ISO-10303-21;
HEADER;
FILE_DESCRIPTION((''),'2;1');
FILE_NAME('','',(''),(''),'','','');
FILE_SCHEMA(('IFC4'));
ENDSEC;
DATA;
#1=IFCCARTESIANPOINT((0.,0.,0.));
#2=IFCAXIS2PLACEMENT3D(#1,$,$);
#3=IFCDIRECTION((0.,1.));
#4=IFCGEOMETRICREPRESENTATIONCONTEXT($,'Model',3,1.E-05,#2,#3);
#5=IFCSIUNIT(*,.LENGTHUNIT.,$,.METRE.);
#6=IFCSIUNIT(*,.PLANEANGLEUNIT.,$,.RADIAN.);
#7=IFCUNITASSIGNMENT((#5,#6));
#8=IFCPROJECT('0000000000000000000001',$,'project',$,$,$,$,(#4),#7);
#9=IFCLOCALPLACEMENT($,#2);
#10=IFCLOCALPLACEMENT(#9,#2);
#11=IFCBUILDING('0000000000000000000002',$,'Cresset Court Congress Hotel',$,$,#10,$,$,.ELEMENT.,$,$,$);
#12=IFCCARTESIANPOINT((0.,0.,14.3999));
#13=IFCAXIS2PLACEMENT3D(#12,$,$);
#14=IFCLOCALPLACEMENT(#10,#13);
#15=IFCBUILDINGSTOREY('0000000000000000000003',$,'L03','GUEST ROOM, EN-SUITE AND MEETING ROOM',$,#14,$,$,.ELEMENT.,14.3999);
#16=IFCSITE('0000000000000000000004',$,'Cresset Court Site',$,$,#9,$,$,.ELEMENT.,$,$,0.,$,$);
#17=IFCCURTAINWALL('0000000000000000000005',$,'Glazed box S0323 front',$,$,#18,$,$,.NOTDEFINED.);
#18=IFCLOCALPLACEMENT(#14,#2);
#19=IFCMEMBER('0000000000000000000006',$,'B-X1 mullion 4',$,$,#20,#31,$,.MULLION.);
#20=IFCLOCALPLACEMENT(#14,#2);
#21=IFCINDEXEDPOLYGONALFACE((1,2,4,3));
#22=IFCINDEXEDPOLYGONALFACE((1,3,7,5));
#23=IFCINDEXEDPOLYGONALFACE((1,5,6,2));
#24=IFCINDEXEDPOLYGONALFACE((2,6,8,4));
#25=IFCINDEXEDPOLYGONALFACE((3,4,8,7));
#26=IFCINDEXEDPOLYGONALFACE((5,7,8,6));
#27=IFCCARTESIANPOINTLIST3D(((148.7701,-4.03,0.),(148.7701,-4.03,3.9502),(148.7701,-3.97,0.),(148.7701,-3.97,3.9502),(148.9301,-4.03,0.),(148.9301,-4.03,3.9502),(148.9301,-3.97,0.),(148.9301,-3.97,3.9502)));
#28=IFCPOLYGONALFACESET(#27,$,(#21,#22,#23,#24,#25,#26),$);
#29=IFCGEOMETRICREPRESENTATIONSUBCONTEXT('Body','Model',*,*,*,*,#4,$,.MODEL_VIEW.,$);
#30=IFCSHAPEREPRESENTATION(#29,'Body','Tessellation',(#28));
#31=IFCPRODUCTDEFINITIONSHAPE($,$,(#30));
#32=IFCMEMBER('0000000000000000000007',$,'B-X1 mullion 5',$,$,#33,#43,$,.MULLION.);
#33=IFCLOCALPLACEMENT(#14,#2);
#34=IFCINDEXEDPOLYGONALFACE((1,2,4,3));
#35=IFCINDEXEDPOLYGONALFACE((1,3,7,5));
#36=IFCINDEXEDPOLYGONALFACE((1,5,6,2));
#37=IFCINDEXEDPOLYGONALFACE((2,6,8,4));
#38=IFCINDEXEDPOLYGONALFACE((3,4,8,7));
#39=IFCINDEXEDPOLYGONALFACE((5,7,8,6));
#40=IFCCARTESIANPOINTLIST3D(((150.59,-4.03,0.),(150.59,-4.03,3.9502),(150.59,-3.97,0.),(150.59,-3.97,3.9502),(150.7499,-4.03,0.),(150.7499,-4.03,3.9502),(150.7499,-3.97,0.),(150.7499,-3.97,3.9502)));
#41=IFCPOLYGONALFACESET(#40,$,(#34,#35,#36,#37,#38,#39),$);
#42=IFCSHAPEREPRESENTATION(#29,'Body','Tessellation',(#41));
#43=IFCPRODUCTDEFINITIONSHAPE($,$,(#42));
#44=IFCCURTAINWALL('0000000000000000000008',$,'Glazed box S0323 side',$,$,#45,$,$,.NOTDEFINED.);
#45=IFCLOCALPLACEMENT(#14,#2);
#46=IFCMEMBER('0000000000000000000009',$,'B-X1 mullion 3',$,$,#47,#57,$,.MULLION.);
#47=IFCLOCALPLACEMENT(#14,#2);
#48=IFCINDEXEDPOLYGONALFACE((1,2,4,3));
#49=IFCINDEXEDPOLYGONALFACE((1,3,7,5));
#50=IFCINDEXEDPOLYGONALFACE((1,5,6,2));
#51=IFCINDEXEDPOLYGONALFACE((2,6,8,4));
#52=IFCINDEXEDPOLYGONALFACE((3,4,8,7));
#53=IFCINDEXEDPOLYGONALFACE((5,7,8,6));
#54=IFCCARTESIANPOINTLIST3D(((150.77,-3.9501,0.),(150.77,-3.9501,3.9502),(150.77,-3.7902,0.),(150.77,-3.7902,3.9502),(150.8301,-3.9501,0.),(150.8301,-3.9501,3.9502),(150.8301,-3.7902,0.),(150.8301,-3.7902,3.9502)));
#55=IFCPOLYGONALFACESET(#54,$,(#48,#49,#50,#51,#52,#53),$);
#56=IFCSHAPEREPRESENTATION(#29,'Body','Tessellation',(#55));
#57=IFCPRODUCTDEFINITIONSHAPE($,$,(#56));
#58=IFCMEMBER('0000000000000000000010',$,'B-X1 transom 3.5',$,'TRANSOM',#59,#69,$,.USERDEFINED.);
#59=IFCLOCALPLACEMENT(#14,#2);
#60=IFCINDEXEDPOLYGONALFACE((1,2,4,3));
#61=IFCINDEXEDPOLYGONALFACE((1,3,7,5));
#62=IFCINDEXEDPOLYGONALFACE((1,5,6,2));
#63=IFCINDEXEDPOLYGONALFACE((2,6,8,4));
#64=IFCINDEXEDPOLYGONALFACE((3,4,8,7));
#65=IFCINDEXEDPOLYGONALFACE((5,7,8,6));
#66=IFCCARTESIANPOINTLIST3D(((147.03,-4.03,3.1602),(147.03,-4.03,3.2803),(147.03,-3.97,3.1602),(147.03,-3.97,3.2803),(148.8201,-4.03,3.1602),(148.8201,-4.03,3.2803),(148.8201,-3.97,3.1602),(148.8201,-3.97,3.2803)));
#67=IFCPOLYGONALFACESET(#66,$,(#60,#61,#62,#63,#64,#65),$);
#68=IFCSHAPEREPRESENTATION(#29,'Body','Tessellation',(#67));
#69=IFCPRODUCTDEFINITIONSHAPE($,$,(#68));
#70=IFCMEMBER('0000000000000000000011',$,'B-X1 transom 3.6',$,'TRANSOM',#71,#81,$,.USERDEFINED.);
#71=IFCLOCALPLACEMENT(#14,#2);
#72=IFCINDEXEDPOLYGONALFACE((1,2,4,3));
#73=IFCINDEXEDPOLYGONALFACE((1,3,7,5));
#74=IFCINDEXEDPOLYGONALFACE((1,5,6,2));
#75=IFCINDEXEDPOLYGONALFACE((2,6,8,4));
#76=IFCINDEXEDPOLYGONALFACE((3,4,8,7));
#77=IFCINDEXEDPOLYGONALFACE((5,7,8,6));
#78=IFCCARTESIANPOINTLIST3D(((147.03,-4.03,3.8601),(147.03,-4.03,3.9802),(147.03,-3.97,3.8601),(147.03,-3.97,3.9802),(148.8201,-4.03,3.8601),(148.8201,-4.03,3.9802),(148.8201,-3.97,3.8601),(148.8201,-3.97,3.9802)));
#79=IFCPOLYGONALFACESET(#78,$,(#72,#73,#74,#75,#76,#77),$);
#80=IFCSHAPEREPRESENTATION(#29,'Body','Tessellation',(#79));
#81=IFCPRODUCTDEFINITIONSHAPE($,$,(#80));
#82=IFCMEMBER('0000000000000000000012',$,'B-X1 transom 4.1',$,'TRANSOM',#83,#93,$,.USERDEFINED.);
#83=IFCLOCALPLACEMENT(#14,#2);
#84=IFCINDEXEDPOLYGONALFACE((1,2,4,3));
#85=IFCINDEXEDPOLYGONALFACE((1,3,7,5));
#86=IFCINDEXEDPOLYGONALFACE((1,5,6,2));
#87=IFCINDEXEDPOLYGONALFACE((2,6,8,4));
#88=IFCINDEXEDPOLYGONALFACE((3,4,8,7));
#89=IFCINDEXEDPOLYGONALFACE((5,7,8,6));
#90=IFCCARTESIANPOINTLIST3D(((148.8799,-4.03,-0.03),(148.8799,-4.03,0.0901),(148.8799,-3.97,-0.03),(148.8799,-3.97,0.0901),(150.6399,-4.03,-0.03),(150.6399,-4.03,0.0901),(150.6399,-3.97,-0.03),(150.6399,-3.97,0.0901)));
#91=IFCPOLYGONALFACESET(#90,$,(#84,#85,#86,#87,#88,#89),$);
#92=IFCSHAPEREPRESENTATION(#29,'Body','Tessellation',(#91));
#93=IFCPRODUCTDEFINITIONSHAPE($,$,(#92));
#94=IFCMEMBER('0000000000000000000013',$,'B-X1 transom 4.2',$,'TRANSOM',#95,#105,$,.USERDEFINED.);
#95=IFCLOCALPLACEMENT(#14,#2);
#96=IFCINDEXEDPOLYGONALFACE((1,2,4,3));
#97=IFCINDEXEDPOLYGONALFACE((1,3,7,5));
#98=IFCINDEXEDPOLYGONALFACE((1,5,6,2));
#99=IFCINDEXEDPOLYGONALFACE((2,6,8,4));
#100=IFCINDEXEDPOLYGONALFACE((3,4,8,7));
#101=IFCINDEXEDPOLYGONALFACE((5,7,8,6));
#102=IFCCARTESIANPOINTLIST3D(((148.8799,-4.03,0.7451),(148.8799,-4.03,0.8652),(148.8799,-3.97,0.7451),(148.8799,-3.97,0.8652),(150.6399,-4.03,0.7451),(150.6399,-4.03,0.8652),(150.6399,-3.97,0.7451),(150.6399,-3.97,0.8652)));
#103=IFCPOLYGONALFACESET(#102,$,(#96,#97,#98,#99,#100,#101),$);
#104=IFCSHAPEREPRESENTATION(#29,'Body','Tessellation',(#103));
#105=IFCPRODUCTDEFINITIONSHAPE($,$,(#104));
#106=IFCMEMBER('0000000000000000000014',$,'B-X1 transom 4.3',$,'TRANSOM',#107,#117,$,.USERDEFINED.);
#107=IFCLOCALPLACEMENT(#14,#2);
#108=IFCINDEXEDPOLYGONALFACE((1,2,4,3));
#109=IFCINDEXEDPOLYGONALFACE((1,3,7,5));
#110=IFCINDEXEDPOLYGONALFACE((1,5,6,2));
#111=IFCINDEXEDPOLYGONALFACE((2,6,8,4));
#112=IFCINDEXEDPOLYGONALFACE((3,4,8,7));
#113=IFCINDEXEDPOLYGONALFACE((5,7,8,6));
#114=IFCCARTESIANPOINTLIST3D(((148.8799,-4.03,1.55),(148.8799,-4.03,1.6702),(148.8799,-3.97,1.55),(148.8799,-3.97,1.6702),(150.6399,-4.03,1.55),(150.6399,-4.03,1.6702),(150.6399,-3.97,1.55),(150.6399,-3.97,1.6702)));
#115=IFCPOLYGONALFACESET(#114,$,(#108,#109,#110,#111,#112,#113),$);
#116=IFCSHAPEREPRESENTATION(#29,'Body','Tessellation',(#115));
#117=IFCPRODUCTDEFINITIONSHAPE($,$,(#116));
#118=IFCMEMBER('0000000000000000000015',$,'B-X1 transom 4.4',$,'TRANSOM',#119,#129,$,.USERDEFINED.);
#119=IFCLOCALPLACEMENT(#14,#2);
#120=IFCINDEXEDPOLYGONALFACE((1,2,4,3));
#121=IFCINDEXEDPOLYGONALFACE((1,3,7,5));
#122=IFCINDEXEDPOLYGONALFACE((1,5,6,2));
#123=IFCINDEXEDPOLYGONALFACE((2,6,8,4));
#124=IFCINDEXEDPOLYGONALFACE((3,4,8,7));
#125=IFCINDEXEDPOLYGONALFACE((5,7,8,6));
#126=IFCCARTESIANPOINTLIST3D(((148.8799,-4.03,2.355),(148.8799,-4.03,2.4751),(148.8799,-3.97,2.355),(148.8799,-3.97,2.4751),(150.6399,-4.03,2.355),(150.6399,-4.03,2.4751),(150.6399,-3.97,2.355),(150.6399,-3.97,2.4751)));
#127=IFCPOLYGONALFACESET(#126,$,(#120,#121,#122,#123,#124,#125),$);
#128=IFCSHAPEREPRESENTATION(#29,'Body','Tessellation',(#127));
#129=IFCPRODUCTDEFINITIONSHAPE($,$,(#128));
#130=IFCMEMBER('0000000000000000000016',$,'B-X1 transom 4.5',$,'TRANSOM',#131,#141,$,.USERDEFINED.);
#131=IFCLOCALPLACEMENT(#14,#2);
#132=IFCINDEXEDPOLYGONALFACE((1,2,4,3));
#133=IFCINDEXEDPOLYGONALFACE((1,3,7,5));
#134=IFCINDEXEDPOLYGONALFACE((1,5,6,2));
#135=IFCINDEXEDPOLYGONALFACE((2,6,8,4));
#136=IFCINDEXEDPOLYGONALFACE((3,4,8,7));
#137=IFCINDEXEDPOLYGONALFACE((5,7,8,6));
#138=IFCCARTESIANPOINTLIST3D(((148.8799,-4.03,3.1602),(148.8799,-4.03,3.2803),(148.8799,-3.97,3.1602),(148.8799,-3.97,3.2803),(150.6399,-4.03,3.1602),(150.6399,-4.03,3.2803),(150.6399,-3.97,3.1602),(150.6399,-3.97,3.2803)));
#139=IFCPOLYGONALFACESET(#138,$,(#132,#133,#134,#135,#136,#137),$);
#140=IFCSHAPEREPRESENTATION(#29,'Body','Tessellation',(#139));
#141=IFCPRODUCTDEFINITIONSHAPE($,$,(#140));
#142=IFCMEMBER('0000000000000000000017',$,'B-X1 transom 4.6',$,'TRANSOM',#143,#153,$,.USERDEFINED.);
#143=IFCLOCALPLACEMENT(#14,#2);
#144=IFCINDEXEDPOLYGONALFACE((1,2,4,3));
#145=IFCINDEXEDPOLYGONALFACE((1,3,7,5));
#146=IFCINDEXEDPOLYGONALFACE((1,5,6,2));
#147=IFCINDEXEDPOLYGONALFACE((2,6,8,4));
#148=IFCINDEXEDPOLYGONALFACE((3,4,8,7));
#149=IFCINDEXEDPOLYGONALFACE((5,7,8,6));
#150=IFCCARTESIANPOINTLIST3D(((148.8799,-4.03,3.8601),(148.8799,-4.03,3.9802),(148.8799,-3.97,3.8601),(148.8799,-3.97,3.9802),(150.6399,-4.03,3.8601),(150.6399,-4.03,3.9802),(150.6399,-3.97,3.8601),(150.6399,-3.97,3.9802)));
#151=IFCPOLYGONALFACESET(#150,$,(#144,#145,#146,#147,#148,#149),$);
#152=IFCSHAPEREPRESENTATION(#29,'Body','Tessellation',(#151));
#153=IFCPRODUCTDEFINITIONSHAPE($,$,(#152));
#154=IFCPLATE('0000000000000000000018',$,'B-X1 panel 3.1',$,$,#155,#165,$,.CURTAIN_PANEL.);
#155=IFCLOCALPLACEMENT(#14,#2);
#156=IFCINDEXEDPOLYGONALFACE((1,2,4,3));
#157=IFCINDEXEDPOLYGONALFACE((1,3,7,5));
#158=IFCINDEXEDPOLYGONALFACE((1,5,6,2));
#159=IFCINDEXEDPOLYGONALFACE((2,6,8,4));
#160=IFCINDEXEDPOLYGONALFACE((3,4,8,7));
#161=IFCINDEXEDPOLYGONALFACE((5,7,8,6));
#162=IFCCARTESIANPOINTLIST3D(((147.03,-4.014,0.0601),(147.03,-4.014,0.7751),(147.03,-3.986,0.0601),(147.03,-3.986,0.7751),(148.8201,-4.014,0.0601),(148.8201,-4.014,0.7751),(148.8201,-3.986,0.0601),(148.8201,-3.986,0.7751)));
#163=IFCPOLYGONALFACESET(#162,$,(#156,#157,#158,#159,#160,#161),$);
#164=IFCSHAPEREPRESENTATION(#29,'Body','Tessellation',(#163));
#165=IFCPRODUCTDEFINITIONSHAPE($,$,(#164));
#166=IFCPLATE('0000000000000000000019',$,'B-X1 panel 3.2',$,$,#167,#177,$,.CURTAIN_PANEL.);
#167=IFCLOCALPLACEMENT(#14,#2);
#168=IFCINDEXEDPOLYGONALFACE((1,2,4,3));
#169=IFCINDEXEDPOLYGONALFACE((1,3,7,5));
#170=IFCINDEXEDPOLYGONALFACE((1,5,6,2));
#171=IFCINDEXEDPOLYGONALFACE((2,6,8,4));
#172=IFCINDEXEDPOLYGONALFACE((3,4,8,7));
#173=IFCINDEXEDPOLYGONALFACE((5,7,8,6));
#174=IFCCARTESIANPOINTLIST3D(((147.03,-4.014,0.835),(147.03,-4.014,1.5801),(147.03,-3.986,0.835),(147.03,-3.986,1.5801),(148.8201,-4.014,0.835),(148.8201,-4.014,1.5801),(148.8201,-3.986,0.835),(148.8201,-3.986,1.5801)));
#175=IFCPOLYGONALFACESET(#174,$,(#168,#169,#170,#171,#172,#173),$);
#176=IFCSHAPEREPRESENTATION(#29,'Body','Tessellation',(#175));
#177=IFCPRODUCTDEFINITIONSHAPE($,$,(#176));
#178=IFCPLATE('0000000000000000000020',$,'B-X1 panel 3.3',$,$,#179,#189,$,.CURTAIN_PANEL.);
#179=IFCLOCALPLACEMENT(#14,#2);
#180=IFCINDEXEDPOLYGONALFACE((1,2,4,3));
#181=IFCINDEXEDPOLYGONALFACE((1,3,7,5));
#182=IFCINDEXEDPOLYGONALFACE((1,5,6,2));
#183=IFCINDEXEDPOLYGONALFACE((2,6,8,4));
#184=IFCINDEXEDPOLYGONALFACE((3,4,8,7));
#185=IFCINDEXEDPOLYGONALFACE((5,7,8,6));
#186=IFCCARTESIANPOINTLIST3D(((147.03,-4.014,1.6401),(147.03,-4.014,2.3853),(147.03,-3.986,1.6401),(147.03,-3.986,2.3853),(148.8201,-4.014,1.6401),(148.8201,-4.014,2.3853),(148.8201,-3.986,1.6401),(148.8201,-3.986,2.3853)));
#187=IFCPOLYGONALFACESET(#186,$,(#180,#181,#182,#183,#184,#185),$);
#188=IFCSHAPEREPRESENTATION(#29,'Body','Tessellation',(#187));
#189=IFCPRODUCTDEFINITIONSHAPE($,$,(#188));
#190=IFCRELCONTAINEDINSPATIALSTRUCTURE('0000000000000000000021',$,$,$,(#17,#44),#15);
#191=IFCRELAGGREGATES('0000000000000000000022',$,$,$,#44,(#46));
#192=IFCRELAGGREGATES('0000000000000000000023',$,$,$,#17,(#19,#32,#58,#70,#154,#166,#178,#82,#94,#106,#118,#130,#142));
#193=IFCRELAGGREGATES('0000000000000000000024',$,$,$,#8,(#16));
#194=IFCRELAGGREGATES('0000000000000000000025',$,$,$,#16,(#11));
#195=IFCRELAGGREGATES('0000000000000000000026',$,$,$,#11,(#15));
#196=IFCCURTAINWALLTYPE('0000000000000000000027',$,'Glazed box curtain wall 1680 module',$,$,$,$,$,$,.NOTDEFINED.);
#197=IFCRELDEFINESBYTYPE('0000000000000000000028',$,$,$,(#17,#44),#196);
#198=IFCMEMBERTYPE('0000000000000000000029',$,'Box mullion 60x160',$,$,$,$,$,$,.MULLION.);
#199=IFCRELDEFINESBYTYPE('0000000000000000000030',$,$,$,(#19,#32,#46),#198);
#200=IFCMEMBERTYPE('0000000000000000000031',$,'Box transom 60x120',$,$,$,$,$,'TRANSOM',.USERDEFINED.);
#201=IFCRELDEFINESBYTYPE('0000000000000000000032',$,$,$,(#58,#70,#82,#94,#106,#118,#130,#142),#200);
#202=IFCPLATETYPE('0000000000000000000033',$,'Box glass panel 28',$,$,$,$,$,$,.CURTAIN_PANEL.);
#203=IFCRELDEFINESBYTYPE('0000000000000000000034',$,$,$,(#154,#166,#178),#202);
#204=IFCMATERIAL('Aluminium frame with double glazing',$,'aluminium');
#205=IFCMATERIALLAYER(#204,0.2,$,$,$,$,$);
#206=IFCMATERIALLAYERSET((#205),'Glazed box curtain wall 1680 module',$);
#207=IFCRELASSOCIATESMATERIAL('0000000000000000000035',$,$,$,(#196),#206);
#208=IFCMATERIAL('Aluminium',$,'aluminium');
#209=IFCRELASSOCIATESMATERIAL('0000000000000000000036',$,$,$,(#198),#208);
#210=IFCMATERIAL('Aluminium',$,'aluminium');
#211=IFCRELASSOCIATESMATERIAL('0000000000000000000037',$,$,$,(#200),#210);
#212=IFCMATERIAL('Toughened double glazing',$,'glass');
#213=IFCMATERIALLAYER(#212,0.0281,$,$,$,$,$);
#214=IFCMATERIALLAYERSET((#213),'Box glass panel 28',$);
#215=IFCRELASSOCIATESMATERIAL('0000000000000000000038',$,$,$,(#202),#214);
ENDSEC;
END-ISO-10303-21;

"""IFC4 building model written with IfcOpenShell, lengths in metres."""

from ifc_helpers import new_model, si_unit, direction, frame, origin, origin_2d, place, context, subcontext, project, spatial, rectangle, extrude, material, layer, layer_set, material_profile, profile_set, type_object, element, aggregate, save


model = new_model("IFC4")

# Units and contexts
model_context = context("Model", 3, precision=1e-05, world=origin(), true_north=direction((0.0, 1.0)))
body_context = subcontext(model_context, "Body", "Model", "MODEL_VIEW")
ifc_project = project(units=[si_unit("LENGTHUNIT", "METRE"), si_unit("PLANEANGLEUNIT", "RADIAN")], contexts=[model_context])

# Site, building, storey
site_placement = place(None, origin())
site = spatial("IfcSite", under=ifc_project, at=site_placement, Name="Cresset Court Site", CompositionType="ELEMENT", RefElevation=0.0)
building_placement = place(site_placement, origin())
building = spatial("IfcBuilding", under=site, at=building_placement, Name="Cresset Court Congress Hotel", CompositionType="ELEMENT")
storey_placement = place(building_placement, frame((0.0, 0.0, 14.3999)))
storey = spatial("IfcBuildingStorey", under=building, at=storey_placement, Name="L03", Description="GUEST ROOM, EN-SUITE AND MEETING ROOM", CompositionType="ELEMENT", Elevation=14.3999)

# Curtain wall, members
ifc_material_1 = material(Name="Aluminium frame with double glazing", Category="aluminium")
ifc_layer_1 = layer(ifc_material_1, 0.2)
ifc_layer_set_1 = layer_set([ifc_layer_1], Name="Glazed box curtain wall 1680 module")
curtain_wall_type = type_object("IfcCurtainWallType", Name="Glazed box curtain wall 1680 module", PredefinedType="NOTDEFINED", material=ifc_layer_set_1)
curtain_wall_1_placement = place(storey_placement, origin())
curtain_wall_1 = element("IfcCurtainWall", 1, at=curtain_wall_1_placement, inside=storey, type_object=curtain_wall_type, Name="Glazed box S0323 front", PredefinedType="NOTDEFINED")
ifc_material_2 = material(Name="Aluminium", Category="aluminium")
ifc_material_profile_1 = material_profile(ifc_material_2, rectangle(XDim=0.0601, YDim=0.1599, at=origin_2d()), Name="Box mullion 60x160")
ifc_profile_set_1 = profile_set([ifc_material_profile_1], Name="Aluminium")
member_type_1 = type_object("IfcMemberType", Name="Box mullion 60x160", PredefinedType="MULLION", material=ifc_profile_set_1)
member_1_placement = place(storey_placement, frame((148.8501, -4.0, 0.0), z_axis=(0.0, 0.0, 1.0), x_axis=(0.0, 1.0, 0.0)))
member_1 = element("IfcMember", 2, at=member_1_placement, type_object=member_type_1, Name="B-X1 mullion 4", PredefinedType="MULLION", context=body_context, shape_type="SweptSolid", body=[
    extrude(rectangle(XDim=0.0601, YDim=0.1599, at=origin_2d()), origin(), (0.0, 0.0, 1.0), 3.9502),
])
member_2_placement = place(storey_placement, frame((150.6699, -4.0, 0.0), z_axis=(0.0, 0.0, 1.0), x_axis=(0.0, 1.0, 0.0)))
member_2 = element("IfcMember", 3, at=member_2_placement, type_object=member_type_1, Name="B-X1 mullion 5", PredefinedType="MULLION", context=body_context, shape_type="SweptSolid", body=[
    extrude(rectangle(XDim=0.0601, YDim=0.1599, at=origin_2d()), origin(), (0.0, 0.0, 1.0), 3.9502),
])

# Curtain wall, member
curtain_wall_2_placement = place(storey_placement, origin())
curtain_wall_2 = element("IfcCurtainWall", 4, at=curtain_wall_2_placement, inside=storey, type_object=curtain_wall_type, Name="Glazed box S0323 side", PredefinedType="NOTDEFINED")
member_3_placement = place(storey_placement, frame((150.8, -3.8701, 0.0), z_axis=(0.0, 0.0, 1.0), x_axis=(1.0, 0.0, 0.0)))
member_3 = element("IfcMember", 5, at=member_3_placement, type_object=member_type_1, Name="B-X1 mullion 3", PredefinedType="MULLION", context=body_context, shape_type="SweptSolid", body=[
    extrude(rectangle(XDim=0.0601, YDim=0.1599, at=origin_2d()), origin(), (0.0, 0.0, 1.0), 3.9502),
])

# Members
ifc_material_3 = material(Name="Aluminium", Category="aluminium")
ifc_material_profile_2 = material_profile(ifc_material_3, rectangle(XDim=0.0601, YDim=0.1201, at=origin_2d()), Name="Box transom 60x120")
ifc_profile_set_2 = profile_set([ifc_material_profile_2], Name="Aluminium")
member_type_2 = type_object("IfcMemberType", Name="Box transom 60x120", ElementType="TRANSOM", PredefinedType="USERDEFINED", material=ifc_profile_set_2)
member_4_placement = place(storey_placement, frame((147.03, -4.0, 3.2202), z_axis=(1.0, 0.0, 0.0), x_axis=(0.0, 1.0, 0.0)))
member_4 = element("IfcMember", 6, at=member_4_placement, type_object=member_type_2, Name="B-X1 transom 3.5", ObjectType="TRANSOM", PredefinedType="USERDEFINED", context=body_context, shape_type="SweptSolid", body=[
    extrude(rectangle(XDim=0.0601, YDim=0.1201, at=origin_2d()), origin(), (0.0, 0.0, 1.0), 1.79),
])
member_5_placement = place(storey_placement, frame((147.03, -4.0, 3.9202), z_axis=(1.0, 0.0, 0.0), x_axis=(0.0, 1.0, 0.0)))
member_5 = element("IfcMember", 7, at=member_5_placement, type_object=member_type_2, Name="B-X1 transom 3.6", ObjectType="TRANSOM", PredefinedType="USERDEFINED", context=body_context, shape_type="SweptSolid", body=[
    extrude(rectangle(XDim=0.0601, YDim=0.1201, at=origin_2d()), origin(), (0.0, 0.0, 1.0), 1.79),
])
member_6_placement = place(storey_placement, frame((148.8799, -4.0, 0.03), z_axis=(1.0, 0.0, 0.0), x_axis=(0.0, 1.0, 0.0)))
member_6 = element("IfcMember", 8, at=member_6_placement, type_object=member_type_2, Name="B-X1 transom 4.1", ObjectType="TRANSOM", PredefinedType="USERDEFINED", context=body_context, shape_type="SweptSolid", body=[
    extrude(rectangle(XDim=0.0601, YDim=0.1201, at=origin_2d()), origin(), (0.0, 0.0, 1.0), 1.76),
])
member_7_placement = place(storey_placement, frame((148.8799, -4.0, 0.8052), z_axis=(1.0, 0.0, 0.0), x_axis=(0.0, 1.0, 0.0)))
member_7 = element("IfcMember", 9, at=member_7_placement, type_object=member_type_2, Name="B-X1 transom 4.2", ObjectType="TRANSOM", PredefinedType="USERDEFINED", context=body_context, shape_type="SweptSolid", body=[
    extrude(rectangle(XDim=0.0601, YDim=0.1201, at=origin_2d()), origin(), (0.0, 0.0, 1.0), 1.76),
])
member_8_placement = place(storey_placement, frame((148.8799, -4.0, 1.6101), z_axis=(1.0, 0.0, 0.0), x_axis=(0.0, 1.0, 0.0)))
member_8 = element("IfcMember", 10, at=member_8_placement, type_object=member_type_2, Name="B-X1 transom 4.3", ObjectType="TRANSOM", PredefinedType="USERDEFINED", context=body_context, shape_type="SweptSolid", body=[
    extrude(rectangle(XDim=0.0601, YDim=0.1201, at=origin_2d()), origin(), (0.0, 0.0, 1.0), 1.76),
])
member_9_placement = place(storey_placement, frame((148.8799, -4.0, 2.415), z_axis=(1.0, 0.0, 0.0), x_axis=(0.0, 1.0, 0.0)))
member_9 = element("IfcMember", 11, at=member_9_placement, type_object=member_type_2, Name="B-X1 transom 4.4", ObjectType="TRANSOM", PredefinedType="USERDEFINED", context=body_context, shape_type="SweptSolid", body=[
    extrude(rectangle(XDim=0.0601, YDim=0.1201, at=origin_2d()), origin(), (0.0, 0.0, 1.0), 1.76),
])
member_10_placement = place(storey_placement, frame((148.8799, -4.0, 3.2202), z_axis=(1.0, 0.0, 0.0), x_axis=(0.0, 1.0, 0.0)))
member_10 = element("IfcMember", 12, at=member_10_placement, type_object=member_type_2, Name="B-X1 transom 4.5", ObjectType="TRANSOM", PredefinedType="USERDEFINED", context=body_context, shape_type="SweptSolid", body=[
    extrude(rectangle(XDim=0.0601, YDim=0.1201, at=origin_2d()), origin(), (0.0, 0.0, 1.0), 1.76),
])
member_11_placement = place(storey_placement, frame((148.8799, -4.0, 3.9202), z_axis=(1.0, 0.0, 0.0), x_axis=(0.0, 1.0, 0.0)))
member_11 = element("IfcMember", 13, at=member_11_placement, type_object=member_type_2, Name="B-X1 transom 4.6", ObjectType="TRANSOM", PredefinedType="USERDEFINED", context=body_context, shape_type="SweptSolid", body=[
    extrude(rectangle(XDim=0.0601, YDim=0.1201, at=origin_2d()), origin(), (0.0, 0.0, 1.0), 1.76),
])

# Plates
ifc_material_4 = material(Name="Toughened double glazing", Category="glass")
ifc_layer_2 = layer(ifc_material_4, 0.0281)
ifc_layer_set_2 = layer_set([ifc_layer_2], Name="Box glass panel 28")
plate_type_1 = type_object("IfcPlateType", Name="Box glass panel 28", PredefinedType="CURTAIN_PANEL", material=ifc_layer_set_2)
plate_1_placement = place(storey_placement, frame((147.925, -4.0, 0.0601), z_axis=(0.0, 0.0, 1.0), x_axis=(1.0, 0.0, 0.0)))
plate_1 = element("IfcPlate", 14, at=plate_1_placement, type_object=plate_type_1, Name="B-X1 panel 3.1", PredefinedType="CURTAIN_PANEL", context=body_context, shape_type="SweptSolid", body=[
    extrude(rectangle(XDim=1.79, YDim=0.0281, at=origin_2d()), origin(), (0.0, 0.0, 1.0), 0.7151),
])
plate_2_placement = place(storey_placement, frame((147.925, -4.0, 0.835), z_axis=(0.0, 0.0, 1.0), x_axis=(1.0, 0.0, 0.0)))
plate_2 = element("IfcPlate", 15, at=plate_2_placement, type_object=plate_type_1, Name="B-X1 panel 3.2", PredefinedType="CURTAIN_PANEL", context=body_context, shape_type="SweptSolid", body=[
    extrude(rectangle(XDim=1.79, YDim=0.0281, at=origin_2d()), origin(), (0.0, 0.0, 1.0), 0.7451),
])
plate_3_placement = place(storey_placement, frame((147.925, -4.0, 1.6401), z_axis=(0.0, 0.0, 1.0), x_axis=(1.0, 0.0, 0.0)))
plate_3 = element("IfcPlate", 16, at=plate_3_placement, type_object=plate_type_1, Name="B-X1 panel 3.3", PredefinedType="CURTAIN_PANEL", context=body_context, shape_type="SweptSolid", body=[
    extrude(rectangle(XDim=1.79, YDim=0.0281, at=origin_2d()), origin(), (0.0, 0.0, 1.0), 0.7451),
])
aggregate(curtain_wall_2, [member_3])
aggregate(curtain_wall_1, [member_1, member_2, member_4, member_5, plate_1, plate_2, plate_3, member_6, member_7, member_8, member_9, member_10, member_11])

save(model, "model.ifc")
